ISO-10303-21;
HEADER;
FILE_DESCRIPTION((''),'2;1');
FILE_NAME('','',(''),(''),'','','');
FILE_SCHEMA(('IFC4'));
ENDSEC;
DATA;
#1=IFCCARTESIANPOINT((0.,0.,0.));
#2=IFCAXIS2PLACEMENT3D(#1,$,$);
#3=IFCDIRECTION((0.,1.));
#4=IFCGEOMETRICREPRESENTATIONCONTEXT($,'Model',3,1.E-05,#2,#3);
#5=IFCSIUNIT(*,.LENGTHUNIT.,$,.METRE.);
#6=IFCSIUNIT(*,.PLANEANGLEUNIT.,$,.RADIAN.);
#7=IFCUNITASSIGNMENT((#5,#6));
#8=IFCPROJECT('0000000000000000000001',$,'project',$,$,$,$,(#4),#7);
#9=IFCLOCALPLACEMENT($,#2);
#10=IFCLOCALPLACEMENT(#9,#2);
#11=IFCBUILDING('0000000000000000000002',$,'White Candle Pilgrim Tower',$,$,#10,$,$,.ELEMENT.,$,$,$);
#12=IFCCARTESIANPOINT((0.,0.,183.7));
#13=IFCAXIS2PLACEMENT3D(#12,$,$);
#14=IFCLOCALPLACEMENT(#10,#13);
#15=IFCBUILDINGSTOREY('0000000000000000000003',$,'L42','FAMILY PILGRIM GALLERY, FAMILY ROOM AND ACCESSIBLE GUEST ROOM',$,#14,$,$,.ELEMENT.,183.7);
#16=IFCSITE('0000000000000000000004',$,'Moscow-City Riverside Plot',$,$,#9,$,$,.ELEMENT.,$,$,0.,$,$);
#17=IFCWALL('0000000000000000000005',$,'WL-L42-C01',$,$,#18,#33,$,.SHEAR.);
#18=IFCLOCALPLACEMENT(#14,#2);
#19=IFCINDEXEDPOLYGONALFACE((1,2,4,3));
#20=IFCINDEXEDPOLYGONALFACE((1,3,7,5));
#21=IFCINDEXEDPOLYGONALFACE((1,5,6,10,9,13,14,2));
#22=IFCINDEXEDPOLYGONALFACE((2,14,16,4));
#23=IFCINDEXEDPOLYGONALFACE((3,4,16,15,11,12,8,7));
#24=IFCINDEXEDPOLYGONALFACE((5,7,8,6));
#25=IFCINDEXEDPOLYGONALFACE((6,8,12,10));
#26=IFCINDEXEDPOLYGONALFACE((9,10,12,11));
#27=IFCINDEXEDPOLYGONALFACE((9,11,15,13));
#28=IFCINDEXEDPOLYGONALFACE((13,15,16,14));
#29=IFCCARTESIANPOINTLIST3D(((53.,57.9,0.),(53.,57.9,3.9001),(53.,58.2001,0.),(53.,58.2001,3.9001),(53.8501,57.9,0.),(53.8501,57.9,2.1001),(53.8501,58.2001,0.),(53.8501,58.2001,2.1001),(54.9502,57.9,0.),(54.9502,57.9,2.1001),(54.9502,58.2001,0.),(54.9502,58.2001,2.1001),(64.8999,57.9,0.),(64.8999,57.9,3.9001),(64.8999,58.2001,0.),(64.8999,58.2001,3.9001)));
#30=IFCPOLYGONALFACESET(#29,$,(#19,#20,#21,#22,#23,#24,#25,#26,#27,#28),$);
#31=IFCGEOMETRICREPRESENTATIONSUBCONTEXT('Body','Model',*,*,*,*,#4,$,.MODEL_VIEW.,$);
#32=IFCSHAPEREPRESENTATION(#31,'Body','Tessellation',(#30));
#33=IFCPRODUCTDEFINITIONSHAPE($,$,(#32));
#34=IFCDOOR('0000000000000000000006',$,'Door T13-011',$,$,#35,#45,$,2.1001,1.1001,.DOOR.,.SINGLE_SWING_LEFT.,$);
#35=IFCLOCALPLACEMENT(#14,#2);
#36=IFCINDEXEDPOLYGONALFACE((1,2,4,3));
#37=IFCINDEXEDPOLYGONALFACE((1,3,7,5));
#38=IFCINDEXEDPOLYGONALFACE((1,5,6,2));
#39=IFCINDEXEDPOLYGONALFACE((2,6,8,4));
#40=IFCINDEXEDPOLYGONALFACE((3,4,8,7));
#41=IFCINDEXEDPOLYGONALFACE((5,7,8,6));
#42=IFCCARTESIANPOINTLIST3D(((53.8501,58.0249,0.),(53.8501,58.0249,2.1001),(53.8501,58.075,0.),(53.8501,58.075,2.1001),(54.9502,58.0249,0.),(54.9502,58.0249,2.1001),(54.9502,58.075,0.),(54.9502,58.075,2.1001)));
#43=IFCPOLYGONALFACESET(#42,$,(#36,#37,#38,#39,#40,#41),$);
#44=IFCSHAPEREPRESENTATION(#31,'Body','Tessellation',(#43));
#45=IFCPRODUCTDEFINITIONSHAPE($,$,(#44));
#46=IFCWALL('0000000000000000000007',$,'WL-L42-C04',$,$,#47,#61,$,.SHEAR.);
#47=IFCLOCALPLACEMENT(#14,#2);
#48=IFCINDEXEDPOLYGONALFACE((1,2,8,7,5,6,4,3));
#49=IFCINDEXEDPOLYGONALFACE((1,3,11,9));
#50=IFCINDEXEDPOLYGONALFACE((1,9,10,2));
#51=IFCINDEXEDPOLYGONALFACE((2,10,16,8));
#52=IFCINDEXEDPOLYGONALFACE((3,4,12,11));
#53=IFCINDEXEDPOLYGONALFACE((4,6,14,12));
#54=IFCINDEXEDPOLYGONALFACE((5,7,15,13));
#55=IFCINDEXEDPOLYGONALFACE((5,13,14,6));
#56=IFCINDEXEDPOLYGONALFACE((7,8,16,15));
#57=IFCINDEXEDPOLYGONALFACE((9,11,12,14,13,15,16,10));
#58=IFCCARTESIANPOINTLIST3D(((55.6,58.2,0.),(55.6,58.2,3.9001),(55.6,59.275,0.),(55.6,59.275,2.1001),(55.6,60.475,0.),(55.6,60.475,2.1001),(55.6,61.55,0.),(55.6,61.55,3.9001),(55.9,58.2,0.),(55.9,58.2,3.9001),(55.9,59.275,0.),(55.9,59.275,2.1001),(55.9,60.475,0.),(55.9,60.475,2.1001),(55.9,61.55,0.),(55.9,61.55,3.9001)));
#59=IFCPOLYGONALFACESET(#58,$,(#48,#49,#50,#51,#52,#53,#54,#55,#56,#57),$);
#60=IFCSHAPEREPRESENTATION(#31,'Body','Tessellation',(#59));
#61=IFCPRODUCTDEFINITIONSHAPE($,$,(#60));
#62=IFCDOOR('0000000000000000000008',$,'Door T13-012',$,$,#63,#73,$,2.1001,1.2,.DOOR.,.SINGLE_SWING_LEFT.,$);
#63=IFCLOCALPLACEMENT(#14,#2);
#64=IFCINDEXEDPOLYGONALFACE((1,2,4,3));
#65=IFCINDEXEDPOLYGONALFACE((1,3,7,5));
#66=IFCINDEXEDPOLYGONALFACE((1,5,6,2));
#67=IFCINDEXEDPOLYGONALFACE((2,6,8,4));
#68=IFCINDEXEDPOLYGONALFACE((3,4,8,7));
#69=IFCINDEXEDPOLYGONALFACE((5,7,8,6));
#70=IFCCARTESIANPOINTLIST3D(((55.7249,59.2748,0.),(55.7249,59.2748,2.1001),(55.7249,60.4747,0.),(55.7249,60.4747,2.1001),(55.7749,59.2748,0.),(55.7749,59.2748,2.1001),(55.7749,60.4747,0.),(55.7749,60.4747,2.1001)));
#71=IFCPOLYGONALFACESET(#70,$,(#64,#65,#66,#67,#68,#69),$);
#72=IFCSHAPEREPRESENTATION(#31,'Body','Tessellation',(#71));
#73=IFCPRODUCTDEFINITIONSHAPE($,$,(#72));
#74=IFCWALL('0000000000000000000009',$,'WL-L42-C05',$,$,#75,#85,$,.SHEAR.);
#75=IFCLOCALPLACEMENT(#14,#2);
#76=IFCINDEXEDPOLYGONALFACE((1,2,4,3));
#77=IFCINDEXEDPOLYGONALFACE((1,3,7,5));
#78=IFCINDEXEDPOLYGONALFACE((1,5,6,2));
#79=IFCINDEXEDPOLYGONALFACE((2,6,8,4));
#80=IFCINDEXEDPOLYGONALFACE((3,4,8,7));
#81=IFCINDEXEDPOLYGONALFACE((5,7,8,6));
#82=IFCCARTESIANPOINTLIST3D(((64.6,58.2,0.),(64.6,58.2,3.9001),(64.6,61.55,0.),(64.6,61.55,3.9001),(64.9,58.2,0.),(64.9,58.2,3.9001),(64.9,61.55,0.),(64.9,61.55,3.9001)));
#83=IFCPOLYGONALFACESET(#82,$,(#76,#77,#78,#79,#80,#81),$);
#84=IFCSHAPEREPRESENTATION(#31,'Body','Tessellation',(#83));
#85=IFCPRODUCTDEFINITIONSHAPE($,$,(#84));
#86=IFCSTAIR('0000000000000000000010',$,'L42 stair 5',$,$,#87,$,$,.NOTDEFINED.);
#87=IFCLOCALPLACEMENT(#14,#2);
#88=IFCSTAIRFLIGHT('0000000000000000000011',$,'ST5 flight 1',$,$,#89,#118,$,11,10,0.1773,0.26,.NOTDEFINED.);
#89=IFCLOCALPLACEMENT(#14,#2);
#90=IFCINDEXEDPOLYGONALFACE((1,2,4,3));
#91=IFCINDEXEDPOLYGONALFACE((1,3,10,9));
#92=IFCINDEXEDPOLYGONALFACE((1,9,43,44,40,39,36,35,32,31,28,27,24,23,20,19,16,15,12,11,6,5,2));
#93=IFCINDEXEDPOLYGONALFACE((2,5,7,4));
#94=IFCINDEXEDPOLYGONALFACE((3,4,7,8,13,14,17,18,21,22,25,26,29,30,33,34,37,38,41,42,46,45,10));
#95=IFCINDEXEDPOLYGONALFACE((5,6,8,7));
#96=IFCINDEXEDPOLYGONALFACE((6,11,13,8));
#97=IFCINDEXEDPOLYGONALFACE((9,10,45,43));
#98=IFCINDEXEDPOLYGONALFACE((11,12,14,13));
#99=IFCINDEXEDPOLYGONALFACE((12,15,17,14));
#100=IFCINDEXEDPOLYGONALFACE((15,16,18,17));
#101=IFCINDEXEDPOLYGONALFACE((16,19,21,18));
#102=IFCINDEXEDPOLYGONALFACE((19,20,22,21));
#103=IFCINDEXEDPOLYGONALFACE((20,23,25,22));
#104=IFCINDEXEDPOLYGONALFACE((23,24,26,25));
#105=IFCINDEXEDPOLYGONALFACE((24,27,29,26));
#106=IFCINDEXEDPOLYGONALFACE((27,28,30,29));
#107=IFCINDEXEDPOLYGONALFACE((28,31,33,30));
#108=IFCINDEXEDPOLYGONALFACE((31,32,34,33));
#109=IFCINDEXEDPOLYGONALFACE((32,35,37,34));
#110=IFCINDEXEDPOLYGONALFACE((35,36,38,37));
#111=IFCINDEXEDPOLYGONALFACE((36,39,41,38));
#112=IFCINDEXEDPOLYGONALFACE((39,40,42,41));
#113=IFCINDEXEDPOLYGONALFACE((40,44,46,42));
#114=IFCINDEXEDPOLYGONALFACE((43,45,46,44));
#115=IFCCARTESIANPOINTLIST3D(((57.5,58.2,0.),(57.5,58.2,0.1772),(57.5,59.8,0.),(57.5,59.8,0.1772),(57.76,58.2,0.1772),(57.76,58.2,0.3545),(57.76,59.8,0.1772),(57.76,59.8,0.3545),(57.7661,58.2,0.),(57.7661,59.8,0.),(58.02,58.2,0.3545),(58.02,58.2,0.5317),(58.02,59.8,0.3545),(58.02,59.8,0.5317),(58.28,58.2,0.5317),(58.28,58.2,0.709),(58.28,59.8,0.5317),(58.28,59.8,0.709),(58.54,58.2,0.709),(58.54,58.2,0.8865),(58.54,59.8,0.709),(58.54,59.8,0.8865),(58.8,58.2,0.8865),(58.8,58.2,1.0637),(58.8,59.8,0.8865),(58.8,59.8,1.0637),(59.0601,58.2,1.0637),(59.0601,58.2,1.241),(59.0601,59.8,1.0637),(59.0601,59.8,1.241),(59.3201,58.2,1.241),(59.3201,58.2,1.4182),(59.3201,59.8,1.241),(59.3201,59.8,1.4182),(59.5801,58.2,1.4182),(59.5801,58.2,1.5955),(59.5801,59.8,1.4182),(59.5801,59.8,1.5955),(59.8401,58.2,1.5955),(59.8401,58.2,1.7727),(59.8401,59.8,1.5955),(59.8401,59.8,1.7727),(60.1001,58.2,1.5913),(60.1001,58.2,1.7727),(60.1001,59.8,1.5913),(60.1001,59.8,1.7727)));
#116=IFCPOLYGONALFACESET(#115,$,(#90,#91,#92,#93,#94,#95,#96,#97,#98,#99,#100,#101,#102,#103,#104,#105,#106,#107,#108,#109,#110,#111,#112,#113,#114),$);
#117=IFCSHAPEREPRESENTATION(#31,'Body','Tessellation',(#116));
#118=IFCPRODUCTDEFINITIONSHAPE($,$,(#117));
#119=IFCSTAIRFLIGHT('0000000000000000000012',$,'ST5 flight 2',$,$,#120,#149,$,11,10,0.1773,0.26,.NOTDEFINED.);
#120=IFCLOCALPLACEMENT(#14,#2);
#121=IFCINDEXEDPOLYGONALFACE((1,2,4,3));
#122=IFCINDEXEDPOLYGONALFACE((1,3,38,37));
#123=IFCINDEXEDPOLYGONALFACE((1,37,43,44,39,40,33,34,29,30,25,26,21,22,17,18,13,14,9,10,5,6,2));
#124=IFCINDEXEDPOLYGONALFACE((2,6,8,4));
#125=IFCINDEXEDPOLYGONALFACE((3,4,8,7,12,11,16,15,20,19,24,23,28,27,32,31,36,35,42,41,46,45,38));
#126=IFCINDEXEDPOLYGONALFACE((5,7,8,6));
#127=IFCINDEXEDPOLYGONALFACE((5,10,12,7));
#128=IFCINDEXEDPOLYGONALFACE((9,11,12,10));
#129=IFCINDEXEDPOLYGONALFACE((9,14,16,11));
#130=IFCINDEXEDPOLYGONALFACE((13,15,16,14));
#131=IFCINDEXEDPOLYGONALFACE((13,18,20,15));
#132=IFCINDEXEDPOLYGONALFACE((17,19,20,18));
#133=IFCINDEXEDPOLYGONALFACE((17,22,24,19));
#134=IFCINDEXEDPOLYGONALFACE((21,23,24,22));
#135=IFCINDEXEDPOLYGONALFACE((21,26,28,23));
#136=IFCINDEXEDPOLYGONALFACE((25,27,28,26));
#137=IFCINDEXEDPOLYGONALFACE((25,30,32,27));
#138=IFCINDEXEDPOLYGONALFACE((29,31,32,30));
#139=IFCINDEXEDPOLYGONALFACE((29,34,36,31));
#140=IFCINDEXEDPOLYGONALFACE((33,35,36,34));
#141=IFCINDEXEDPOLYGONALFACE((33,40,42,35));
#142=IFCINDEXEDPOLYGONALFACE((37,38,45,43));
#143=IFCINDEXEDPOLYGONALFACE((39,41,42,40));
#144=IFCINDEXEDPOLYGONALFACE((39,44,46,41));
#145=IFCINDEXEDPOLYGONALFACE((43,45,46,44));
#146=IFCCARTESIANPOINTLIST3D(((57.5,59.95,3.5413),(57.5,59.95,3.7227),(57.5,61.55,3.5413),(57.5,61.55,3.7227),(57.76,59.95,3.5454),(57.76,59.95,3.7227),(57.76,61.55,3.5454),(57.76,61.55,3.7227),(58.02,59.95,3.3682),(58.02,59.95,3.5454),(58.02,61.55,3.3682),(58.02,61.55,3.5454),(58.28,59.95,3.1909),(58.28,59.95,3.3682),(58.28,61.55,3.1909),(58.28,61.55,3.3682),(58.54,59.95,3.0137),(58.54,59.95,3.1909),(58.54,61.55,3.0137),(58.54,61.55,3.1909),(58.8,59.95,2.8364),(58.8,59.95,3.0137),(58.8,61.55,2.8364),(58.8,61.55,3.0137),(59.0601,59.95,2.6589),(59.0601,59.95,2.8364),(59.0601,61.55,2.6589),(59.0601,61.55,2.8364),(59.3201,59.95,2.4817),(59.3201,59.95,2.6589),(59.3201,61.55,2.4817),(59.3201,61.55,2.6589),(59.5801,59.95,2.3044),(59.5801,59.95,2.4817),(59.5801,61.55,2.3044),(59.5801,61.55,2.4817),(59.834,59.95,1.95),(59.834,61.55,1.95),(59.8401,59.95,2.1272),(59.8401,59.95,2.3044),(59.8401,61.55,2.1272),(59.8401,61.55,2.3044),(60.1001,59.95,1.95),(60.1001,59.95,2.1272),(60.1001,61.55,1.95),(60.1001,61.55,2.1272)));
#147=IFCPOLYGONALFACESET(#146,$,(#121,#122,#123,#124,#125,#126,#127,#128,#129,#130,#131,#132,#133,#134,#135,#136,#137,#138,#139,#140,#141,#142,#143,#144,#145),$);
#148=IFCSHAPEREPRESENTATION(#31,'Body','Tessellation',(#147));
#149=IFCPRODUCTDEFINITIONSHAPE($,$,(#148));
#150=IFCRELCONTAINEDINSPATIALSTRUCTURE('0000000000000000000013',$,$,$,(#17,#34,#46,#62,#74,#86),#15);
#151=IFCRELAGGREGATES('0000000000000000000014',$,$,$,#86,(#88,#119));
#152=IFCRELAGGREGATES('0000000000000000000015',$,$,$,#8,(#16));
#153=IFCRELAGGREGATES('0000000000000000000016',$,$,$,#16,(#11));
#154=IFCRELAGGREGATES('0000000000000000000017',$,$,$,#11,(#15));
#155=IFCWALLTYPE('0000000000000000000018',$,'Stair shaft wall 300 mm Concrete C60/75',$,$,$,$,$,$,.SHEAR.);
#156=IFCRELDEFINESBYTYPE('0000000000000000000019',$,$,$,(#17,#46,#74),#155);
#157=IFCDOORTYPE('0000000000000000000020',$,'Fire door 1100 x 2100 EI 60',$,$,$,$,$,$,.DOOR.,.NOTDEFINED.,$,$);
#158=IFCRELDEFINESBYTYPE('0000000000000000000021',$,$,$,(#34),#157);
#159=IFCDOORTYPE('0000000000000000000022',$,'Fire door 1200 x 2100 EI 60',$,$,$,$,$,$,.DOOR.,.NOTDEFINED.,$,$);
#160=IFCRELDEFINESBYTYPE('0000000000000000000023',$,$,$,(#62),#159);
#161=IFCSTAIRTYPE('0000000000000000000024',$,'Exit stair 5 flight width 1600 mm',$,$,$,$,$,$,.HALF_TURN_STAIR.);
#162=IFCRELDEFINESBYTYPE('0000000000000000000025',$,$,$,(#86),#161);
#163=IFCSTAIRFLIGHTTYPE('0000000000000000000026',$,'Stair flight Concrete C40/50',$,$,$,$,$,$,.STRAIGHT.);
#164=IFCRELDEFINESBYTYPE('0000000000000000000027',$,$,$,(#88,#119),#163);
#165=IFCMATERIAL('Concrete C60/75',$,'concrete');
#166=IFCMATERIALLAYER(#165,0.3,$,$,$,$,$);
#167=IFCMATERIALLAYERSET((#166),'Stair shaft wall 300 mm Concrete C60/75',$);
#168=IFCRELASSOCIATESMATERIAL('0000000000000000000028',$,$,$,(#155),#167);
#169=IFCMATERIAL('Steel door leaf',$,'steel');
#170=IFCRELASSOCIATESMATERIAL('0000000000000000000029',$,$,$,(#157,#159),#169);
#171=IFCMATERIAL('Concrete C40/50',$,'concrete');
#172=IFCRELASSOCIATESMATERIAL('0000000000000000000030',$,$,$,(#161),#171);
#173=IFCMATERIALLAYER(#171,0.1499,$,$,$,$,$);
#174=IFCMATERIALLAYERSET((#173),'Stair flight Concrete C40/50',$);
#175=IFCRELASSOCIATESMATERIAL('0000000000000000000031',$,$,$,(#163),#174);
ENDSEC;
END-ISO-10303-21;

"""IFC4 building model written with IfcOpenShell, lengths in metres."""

from ifc_helpers import new_model, si_unit, direction, frame, frame_2d, origin, place, context, subcontext, project, spatial, polyline, rectangle, outline, extrude, material, layer, layer_set, type_object, element, fill, aggregate, save


model = new_model("IFC4")

# Units and contexts
model_context = context("Model", 3, precision=1e-05, world=origin(), true_north=direction((0.0, 1.0)))
body_context = subcontext(model_context, "Body", "Model", "MODEL_VIEW")
ifc_project = project(units=[si_unit("LENGTHUNIT", "METRE"), si_unit("PLANEANGLEUNIT", "RADIAN")], contexts=[model_context])

# Site, building, storey
site_placement = place(None, origin())
site = spatial("IfcSite", under=ifc_project, at=site_placement, Name="Moscow-City Riverside Plot", CompositionType="ELEMENT", RefElevation=0.0)
building_placement = place(site_placement, origin())
building = spatial("IfcBuilding", under=site, at=building_placement, Name="White Candle Pilgrim Tower", CompositionType="ELEMENT")
storey_placement = place(building_placement, frame((0.0, 0.0, 183.7)))
storey = spatial("IfcBuildingStorey", under=building, at=storey_placement, Name="L42", Description="FAMILY PILGRIM GALLERY, FAMILY ROOM AND ACCESSIBLE GUEST ROOM", CompositionType="ELEMENT", Elevation=183.7)

# Shared definitions
ifc_material_1 = material(Name="Concrete C60/75", Category="concrete")

# Shared definitions
ifc_material_2 = material(Name="Steel door leaf", Category="steel")

# Walls, openings, doors
ifc_layer_1 = layer(ifc_material_1, 0.3)
ifc_layer_set_1 = layer_set([ifc_layer_1], Name="Stair shaft wall 300 mm Concrete C60/75")
wall_type_1 = type_object("IfcWallType", Name="Stair shaft wall 300 mm Concrete C60/75", PredefinedType="SHEAR", material=ifc_layer_set_1)
wall_1_placement = place(storey_placement, frame((53.0, 58.05, 0.0), z_axis=(0.0, 0.0, 1.0), x_axis=(1.0, 0.0, 0.0)))
wall_1 = element("IfcWall", 1, at=wall_1_placement, inside=storey, type_object=wall_type_1, Name="WL-L42-C01", PredefinedType="SHEAR", context=body_context, shape_type="SweptSolid", body=[
    extrude(rectangle(XDim=11.8999, YDim=0.3, at=frame_2d((5.95, 0.0))), origin(), (0.0, 0.0, 1.0), 3.9001),
])
opening_1_placement = place(wall_1_placement, frame((0.8501, 0.0, 0.0)))
opening_1 = element("IfcOpeningElement", 2, at=opening_1_placement, cuts=wall_1, PredefinedType="OPENING", context=body_context, shape_type="SweptSolid", body=[
    extrude(rectangle(XDim=1.1001, YDim=2.1001, at=frame_2d((0.55, 1.05))), frame((0.0, 0.1599, 0.0), z_axis=(0.0, -1.0, 0.0), x_axis=(1.0, 0.0, 0.0)), (0.0, 0.0, 1.0), 0.3201),
])
door_type_1 = type_object("IfcDoorType", Name="Fire door 1100 x 2100 EI 60", OperationType="NOTDEFINED", PredefinedType="DOOR", material=ifc_material_2)
door_1_placement = place(opening_1_placement, origin())
door_1 = element("IfcDoor", 3, at=door_1_placement, inside=storey, type_object=door_type_1, Name="Door T13-011", OperationType="SINGLE_SWING_LEFT", OverallHeight=2.1001, OverallWidth=1.1001, PredefinedType="DOOR", context=body_context, shape_type="SweptSolid", body=[
    extrude(rectangle(XDim=1.1001, YDim=2.1001, at=frame_2d((0.55, 1.05))), frame((0.0, 0.0249, 0.0), z_axis=(0.0, -1.0, 0.0), x_axis=(1.0, 0.0, 0.0)), (0.0, 0.0, 1.0), 0.05),
])
fill(opening_1, door_1)
wall_2_placement = place(storey_placement, frame((55.75, 58.2, 0.0), z_axis=(0.0, 0.0, 1.0), x_axis=(0.0, 1.0, 0.0)))
wall_2 = element("IfcWall", 4, at=wall_2_placement, inside=storey, type_object=wall_type_1, Name="WL-L42-C04", PredefinedType="SHEAR", context=body_context, shape_type="SweptSolid", body=[
    extrude(rectangle(XDim=3.3501, YDim=0.3, at=frame_2d((1.675, 0.0))), origin(), (0.0, 0.0, 1.0), 3.9001),
])
opening_2_placement = place(wall_2_placement, frame((1.075, 0.0, 0.0)))
opening_2 = element("IfcOpeningElement", 5, at=opening_2_placement, cuts=wall_2, PredefinedType="OPENING", context=body_context, shape_type="SweptSolid", body=[
    extrude(rectangle(XDim=1.2, YDim=2.1001, at=frame_2d((0.6001, 1.05))), frame((0.0, 0.1599, 0.0), z_axis=(0.0, -1.0, 0.0), x_axis=(1.0, 0.0, 0.0)), (0.0, 0.0, 1.0), 0.3201),
])
door_type_2 = type_object("IfcDoorType", Name="Fire door 1200 x 2100 EI 60", OperationType="NOTDEFINED", PredefinedType="DOOR", material=ifc_material_2)
door_2_placement = place(opening_2_placement, frame((1.2, 0.0, 0.0), z_axis=(0.0, 0.0, 1.0), x_axis=(-1.0, 0.0, 0.0)))
door_2 = element("IfcDoor", 6, at=door_2_placement, inside=storey, type_object=door_type_2, Name="Door T13-012", OperationType="SINGLE_SWING_LEFT", OverallHeight=2.1001, OverallWidth=1.2, PredefinedType="DOOR", context=body_context, shape_type="SweptSolid", body=[
    extrude(rectangle(XDim=1.2, YDim=2.1001, at=frame_2d((0.6001, 1.05))), frame((0.0, 0.0249, 0.0), z_axis=(0.0, -1.0, 0.0), x_axis=(1.0, 0.0, 0.0)), (0.0, 0.0, 1.0), 0.05),
])
fill(opening_2, door_2)

# Wall
wall_3_placement = place(storey_placement, frame((64.75, 58.2, 0.0), z_axis=(0.0, 0.0, 1.0), x_axis=(0.0, 1.0, 0.0)))
element("IfcWall", 7, at=wall_3_placement, inside=storey, type_object=wall_type_1, Name="WL-L42-C05", PredefinedType="SHEAR", context=body_context, shape_type="SweptSolid", body=[
    extrude(rectangle(XDim=3.3501, YDim=0.3, at=frame_2d((1.675, 0.0))), origin(), (0.0, 0.0, 1.0), 3.9001),
])

# Stair, stair flights
ifc_material_3 = material(Name="Concrete C40/50", Category="concrete")
stair_type = type_object("IfcStairType", Name="Exit stair 5 flight width 1600 mm", PredefinedType="HALF_TURN_STAIR", material=ifc_material_3)
stair_placement = place(storey_placement, origin())
stair = element("IfcStair", 8, at=stair_placement, inside=storey, type_object=stair_type, Name="L42 stair 5", PredefinedType="NOTDEFINED")
ifc_layer_2 = layer(ifc_material_3, 0.1499)
ifc_layer_set_2 = layer_set([ifc_layer_2], Name="Stair flight Concrete C40/50")
stair_flight_type = type_object("IfcStairFlightType", Name="Stair flight Concrete C40/50", PredefinedType="STRAIGHT", material=ifc_layer_set_2)
stair_flight_1_placement = place(storey_placement, frame((57.5, 59.0, 0.0), z_axis=(0.0, 0.0, 1.0), x_axis=(1.0, 0.0, 0.0)))
stair_flight_1 = element("IfcStairFlight", 9, at=stair_flight_1_placement, type_object=stair_flight_type, Name="ST5 flight 1", NumberOfRisers=11, NumberOfTreads=10, PredefinedType="NOTDEFINED", RiserHeight=0.1773, TreadLength=0.26, context=body_context, shape_type="SweptSolid", body=[
    extrude(outline(polyline([(0.0, 0.0), (0.0, 0.1772), (0.26, 0.1772), (0.26, 0.3545), (0.52, 0.3545), (0.52, 0.5317), (0.78, 0.5317), (0.78, 0.709), (1.04, 0.709), (1.04, 0.8865), (1.3, 0.8865), (1.3, 1.0637), (1.5601, 1.0637), (1.5601, 1.241), (1.8201, 1.241), (1.8201, 1.4182), (2.0801, 1.4182), (2.0801, 1.5955), (2.3401, 1.5955), (2.3401, 1.7727), (2.6001, 1.7727), (2.6001, 1.95), (2.6001, 1.5913), (0.2661, 0.0), (0.0, 0.0)])), frame((0.0, 0.8, 0.0), z_axis=(0.0, -1.0, 0.0), x_axis=(1.0, 0.0, 0.0)), (0.0, 0.0, 1.0), 1.6001),
])
stair_flight_2_placement = place(storey_placement, frame((60.1001, 60.75, 1.95), z_axis=(0.0, 0.0, 1.0), x_axis=(-1.0, 0.0, 0.0)))
stair_flight_2 = element("IfcStairFlight", 10, at=stair_flight_2_placement, type_object=stair_flight_type, Name="ST5 flight 2", NumberOfRisers=11, NumberOfTreads=10, PredefinedType="NOTDEFINED", RiserHeight=0.1773, TreadLength=0.26, context=body_context, shape_type="SweptSolid", body=[
    extrude(outline(polyline([(0.0, 0.0), (0.0, 0.1772), (0.26, 0.1772), (0.26, 0.3545), (0.52, 0.3545), (0.52, 0.5317), (0.78, 0.5317), (0.78, 0.709), (1.04, 0.709), (1.04, 0.8865), (1.3, 0.8865), (1.3, 1.0637), (1.5601, 1.0637), (1.5601, 1.241), (1.8201, 1.241), (1.8201, 1.4182), (2.0801, 1.4182), (2.0801, 1.5955), (2.3401, 1.5955), (2.3401, 1.7727), (2.6001, 1.7727), (2.6001, 1.95), (2.6001, 1.5913), (0.2661, 0.0), (0.0, 0.0)])), frame((0.0, 0.8, 0.0), z_axis=(0.0, -1.0, 0.0), x_axis=(1.0, 0.0, 0.0)), (0.0, 0.0, 1.0), 1.6001),
])
aggregate(stair, [stair_flight_1, stair_flight_2])

save(model, "model.ifc")
